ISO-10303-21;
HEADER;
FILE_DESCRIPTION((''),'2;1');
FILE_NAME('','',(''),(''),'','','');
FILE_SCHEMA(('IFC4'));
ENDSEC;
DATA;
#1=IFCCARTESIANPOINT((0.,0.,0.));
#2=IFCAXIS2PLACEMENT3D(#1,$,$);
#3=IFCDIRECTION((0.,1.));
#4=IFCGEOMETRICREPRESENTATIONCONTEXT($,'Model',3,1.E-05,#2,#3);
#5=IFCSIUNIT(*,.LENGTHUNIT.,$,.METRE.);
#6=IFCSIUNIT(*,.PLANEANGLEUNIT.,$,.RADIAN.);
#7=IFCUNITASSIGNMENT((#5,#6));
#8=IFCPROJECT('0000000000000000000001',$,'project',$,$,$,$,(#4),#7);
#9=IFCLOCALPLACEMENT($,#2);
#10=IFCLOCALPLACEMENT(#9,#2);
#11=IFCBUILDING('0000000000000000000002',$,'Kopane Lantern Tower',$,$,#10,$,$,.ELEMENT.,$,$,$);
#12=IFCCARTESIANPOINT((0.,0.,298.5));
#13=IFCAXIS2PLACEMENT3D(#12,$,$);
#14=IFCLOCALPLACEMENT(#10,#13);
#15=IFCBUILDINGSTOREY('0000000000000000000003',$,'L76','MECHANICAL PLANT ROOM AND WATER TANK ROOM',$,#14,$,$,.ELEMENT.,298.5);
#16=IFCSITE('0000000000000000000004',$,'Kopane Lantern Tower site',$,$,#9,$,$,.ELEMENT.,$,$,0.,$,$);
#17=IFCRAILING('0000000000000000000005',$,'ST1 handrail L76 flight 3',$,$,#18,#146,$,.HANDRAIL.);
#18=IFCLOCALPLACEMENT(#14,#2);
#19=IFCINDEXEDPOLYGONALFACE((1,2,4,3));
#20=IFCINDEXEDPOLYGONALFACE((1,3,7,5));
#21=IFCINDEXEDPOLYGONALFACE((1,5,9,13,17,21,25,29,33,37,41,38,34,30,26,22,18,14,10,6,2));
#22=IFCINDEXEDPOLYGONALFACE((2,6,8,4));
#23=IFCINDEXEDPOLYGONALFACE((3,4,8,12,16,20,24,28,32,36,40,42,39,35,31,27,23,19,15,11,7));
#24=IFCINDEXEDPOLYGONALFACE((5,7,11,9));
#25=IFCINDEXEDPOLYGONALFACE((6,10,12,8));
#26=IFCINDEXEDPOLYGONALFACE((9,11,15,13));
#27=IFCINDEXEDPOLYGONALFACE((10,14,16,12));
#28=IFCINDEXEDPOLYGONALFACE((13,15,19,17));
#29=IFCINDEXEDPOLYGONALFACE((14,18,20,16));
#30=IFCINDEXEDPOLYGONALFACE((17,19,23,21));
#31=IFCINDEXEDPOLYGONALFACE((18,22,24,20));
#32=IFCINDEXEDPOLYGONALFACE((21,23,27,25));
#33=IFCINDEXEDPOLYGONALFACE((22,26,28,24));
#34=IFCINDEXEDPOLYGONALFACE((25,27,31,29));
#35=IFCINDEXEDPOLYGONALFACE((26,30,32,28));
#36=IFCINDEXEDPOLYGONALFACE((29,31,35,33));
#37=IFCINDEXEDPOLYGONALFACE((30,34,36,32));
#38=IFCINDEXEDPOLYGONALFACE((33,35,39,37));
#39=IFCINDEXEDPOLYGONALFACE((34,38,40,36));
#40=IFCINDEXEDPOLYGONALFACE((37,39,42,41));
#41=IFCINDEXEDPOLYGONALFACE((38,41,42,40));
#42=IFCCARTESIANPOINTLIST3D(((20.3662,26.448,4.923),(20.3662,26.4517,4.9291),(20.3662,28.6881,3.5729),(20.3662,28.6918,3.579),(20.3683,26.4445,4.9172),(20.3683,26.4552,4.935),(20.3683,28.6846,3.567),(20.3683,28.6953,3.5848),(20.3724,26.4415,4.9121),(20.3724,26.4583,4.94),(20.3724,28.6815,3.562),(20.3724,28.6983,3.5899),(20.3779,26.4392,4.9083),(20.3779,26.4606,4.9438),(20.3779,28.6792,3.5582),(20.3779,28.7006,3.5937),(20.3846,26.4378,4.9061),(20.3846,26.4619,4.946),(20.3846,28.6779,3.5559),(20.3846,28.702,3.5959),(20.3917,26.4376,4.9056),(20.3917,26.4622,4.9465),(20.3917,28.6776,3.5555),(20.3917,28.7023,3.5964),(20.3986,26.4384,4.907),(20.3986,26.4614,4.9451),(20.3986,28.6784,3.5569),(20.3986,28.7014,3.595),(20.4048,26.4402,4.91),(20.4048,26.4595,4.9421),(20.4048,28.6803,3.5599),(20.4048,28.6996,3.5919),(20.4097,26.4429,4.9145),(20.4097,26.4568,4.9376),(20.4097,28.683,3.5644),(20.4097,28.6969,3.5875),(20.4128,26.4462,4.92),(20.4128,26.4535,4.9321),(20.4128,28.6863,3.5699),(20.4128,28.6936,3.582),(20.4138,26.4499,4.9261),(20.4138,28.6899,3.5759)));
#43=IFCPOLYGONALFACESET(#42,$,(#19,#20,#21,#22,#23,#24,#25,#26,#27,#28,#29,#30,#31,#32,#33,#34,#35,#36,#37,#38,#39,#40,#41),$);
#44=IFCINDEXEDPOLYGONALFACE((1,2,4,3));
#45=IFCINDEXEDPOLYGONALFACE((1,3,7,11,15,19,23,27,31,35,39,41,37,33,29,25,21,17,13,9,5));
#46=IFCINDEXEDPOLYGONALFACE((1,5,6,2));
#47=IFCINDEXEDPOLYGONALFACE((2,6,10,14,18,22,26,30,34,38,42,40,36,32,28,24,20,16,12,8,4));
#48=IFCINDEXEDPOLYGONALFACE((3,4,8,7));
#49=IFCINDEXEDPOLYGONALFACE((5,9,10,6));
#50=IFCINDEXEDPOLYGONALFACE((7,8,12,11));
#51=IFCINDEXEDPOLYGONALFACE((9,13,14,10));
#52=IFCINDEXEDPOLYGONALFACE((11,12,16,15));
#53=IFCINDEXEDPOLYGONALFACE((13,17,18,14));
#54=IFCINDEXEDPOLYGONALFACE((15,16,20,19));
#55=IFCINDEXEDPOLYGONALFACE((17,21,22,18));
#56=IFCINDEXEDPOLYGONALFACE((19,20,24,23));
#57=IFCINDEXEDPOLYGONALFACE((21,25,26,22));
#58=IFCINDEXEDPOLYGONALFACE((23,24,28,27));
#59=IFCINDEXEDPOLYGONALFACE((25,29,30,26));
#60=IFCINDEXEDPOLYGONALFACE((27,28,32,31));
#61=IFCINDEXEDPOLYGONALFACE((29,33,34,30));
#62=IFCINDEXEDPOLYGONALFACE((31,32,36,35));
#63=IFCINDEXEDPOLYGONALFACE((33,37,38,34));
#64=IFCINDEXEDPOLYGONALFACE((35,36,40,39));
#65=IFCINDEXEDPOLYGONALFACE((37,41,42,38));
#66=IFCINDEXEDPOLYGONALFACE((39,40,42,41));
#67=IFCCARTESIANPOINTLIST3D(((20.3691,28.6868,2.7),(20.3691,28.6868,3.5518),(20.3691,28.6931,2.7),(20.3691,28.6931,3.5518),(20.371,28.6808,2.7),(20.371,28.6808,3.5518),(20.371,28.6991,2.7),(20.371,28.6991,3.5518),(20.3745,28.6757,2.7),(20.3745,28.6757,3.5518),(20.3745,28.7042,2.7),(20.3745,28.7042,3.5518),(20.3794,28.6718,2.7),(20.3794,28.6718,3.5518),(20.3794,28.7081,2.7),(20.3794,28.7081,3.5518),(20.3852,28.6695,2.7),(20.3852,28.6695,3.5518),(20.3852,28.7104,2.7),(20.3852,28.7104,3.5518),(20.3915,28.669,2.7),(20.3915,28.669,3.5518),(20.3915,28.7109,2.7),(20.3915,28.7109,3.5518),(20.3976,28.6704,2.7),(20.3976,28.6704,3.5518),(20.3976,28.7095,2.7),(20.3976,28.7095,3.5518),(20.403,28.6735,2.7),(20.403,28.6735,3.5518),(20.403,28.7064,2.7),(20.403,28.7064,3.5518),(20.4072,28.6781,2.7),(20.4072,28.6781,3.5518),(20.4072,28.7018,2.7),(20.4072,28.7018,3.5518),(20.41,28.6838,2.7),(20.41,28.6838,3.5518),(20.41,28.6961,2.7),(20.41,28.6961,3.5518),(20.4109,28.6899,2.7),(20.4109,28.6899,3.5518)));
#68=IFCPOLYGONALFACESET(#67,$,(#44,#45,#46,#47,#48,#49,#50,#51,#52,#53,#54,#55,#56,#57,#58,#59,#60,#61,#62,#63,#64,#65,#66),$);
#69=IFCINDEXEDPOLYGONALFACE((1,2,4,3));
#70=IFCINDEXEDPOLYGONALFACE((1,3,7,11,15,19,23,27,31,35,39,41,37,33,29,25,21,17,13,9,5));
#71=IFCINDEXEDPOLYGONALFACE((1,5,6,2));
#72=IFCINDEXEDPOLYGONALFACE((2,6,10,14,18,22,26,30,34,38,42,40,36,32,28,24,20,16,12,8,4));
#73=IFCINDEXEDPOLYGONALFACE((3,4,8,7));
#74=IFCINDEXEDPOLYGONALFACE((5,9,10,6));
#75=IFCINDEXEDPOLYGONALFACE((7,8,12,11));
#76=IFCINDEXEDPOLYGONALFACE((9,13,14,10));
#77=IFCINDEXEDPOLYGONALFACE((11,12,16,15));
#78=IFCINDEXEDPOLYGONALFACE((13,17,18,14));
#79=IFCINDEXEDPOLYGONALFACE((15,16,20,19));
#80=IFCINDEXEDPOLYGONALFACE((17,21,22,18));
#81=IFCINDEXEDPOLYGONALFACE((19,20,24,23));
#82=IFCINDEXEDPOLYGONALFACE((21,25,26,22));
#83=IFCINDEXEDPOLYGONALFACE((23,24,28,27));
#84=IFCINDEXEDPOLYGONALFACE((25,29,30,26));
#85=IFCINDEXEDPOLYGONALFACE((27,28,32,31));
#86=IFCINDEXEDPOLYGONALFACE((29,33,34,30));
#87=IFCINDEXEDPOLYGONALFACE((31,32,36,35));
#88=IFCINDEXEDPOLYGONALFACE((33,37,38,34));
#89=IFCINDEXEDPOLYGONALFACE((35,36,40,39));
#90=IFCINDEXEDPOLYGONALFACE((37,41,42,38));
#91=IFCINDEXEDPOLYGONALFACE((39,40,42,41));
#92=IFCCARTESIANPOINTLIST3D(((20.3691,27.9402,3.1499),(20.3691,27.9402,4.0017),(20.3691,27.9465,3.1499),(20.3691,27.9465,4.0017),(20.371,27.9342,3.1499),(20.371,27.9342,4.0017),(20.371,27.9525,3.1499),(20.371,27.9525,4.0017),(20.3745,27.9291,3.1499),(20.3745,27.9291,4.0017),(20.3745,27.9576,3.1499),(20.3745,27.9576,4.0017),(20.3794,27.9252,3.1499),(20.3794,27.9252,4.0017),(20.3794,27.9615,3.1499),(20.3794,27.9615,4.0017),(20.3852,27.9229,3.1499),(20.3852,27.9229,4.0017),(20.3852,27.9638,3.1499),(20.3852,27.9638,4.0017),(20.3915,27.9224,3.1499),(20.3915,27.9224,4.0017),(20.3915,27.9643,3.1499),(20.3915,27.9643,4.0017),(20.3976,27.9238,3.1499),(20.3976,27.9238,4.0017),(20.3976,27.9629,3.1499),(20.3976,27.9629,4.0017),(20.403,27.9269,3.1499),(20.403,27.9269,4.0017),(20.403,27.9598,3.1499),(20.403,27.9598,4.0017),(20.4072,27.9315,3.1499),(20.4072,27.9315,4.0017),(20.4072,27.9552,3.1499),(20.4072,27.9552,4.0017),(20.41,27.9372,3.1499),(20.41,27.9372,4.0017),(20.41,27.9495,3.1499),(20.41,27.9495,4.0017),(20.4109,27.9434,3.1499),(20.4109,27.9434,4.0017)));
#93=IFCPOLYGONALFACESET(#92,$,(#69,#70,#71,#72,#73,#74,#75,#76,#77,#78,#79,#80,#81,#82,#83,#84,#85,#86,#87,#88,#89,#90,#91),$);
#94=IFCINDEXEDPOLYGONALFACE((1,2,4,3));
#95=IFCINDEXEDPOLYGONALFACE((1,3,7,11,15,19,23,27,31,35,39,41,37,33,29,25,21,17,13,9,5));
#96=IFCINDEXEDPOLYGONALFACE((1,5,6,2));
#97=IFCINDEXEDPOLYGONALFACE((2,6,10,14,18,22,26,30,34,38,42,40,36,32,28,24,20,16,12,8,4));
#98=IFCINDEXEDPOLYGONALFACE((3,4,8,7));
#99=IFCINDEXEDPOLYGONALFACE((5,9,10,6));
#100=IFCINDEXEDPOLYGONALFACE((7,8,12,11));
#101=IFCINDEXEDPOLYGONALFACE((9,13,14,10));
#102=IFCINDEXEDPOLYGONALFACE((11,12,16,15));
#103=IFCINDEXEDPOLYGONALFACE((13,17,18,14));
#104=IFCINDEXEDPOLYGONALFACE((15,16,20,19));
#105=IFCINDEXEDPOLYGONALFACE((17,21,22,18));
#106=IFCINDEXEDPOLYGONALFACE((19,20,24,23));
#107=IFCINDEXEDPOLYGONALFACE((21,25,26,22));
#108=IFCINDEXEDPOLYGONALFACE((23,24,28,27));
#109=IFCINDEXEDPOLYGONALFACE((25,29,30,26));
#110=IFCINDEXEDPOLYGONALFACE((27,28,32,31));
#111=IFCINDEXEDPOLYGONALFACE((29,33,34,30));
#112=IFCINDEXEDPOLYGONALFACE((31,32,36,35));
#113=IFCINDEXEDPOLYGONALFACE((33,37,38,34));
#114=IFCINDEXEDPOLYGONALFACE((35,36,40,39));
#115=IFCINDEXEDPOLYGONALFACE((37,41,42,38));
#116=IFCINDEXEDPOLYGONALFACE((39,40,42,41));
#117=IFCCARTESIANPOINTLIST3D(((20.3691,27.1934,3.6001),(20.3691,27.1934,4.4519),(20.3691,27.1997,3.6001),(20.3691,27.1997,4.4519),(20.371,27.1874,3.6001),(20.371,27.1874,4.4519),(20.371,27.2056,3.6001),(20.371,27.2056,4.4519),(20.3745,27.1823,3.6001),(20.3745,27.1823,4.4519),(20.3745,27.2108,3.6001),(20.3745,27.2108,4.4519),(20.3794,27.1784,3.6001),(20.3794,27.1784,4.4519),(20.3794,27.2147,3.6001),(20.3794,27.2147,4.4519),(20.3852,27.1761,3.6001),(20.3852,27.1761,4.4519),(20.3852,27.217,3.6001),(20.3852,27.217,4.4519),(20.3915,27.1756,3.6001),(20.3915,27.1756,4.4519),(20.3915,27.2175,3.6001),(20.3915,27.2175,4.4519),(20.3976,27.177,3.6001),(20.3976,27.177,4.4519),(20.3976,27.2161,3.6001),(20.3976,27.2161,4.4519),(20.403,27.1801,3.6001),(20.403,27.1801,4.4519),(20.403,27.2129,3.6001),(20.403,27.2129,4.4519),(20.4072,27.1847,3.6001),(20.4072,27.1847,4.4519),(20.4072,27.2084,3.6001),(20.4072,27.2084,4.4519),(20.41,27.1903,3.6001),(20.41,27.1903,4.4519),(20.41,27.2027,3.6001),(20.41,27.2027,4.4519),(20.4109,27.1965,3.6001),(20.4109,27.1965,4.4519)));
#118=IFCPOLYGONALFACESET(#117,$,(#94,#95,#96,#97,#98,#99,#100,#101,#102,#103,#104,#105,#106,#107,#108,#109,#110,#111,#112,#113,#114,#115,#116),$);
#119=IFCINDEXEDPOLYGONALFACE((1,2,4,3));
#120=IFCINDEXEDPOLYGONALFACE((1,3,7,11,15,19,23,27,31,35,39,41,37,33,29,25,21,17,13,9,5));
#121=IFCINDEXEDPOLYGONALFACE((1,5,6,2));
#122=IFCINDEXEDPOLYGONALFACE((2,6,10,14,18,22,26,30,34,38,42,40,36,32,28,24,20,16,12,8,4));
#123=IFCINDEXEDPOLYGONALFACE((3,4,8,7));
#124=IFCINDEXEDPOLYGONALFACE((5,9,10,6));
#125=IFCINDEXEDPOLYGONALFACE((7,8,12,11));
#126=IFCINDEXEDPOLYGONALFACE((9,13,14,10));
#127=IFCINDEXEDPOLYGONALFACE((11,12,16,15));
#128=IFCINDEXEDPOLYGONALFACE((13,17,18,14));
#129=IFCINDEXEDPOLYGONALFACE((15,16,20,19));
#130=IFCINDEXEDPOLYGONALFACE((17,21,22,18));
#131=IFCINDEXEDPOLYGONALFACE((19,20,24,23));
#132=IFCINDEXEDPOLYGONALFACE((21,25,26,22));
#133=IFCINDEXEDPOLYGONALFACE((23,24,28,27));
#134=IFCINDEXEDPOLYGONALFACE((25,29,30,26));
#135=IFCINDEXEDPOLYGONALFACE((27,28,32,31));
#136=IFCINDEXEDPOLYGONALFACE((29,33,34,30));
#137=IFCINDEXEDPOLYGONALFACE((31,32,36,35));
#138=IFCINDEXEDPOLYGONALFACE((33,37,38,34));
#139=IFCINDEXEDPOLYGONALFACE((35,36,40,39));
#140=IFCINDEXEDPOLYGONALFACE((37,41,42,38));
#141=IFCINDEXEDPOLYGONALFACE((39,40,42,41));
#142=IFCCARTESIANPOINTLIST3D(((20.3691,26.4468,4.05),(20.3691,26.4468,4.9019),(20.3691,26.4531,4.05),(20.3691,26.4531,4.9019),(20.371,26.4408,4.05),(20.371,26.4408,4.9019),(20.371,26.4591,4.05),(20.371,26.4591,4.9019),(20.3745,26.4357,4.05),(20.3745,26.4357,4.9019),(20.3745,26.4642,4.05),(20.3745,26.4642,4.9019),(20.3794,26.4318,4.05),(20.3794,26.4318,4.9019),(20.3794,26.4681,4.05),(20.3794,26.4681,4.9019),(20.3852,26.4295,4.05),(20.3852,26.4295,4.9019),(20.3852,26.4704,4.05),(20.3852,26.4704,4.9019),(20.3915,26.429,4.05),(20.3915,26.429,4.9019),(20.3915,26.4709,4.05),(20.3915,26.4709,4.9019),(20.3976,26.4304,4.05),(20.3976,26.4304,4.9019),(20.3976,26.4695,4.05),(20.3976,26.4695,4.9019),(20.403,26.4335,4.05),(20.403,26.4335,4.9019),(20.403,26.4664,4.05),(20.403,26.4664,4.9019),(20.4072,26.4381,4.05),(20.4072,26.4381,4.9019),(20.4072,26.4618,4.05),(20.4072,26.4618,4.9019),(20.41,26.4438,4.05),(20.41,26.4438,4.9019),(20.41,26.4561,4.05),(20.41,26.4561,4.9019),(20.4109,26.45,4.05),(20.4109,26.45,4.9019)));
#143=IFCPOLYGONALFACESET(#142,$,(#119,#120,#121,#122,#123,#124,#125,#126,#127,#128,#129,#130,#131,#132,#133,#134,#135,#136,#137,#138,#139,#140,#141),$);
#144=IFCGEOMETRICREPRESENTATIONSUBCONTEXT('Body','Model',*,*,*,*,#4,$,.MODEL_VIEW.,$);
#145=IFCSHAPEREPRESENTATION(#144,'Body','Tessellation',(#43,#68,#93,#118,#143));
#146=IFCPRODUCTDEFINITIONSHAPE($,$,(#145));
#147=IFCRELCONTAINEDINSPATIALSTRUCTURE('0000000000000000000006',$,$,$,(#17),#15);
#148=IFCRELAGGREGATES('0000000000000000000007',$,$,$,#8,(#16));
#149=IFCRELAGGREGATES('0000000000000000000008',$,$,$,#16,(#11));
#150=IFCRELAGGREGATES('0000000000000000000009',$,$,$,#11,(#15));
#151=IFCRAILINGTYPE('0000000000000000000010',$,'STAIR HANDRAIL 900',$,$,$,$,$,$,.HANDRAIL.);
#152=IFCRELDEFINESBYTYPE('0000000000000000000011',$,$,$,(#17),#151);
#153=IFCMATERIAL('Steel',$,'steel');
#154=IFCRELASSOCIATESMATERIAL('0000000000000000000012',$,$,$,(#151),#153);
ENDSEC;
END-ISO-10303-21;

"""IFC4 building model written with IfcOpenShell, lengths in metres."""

from ifc_helpers import new_model, si_unit, direction, frame, origin, origin_2d, place, context, subcontext, project, spatial, circle, extrude, material, type_object, element, save


model = new_model("IFC4")

# Units and contexts
model_context = context("Model", 3, precision=1e-05, world=origin(), true_north=direction((0.0, 1.0)))
body_context = subcontext(model_context, "Body", "Model", "MODEL_VIEW")
ifc_project = project(units=[si_unit("LENGTHUNIT", "METRE"), si_unit("PLANEANGLEUNIT", "RADIAN")], contexts=[model_context])

# Site, building, storey
site_placement = place(None, origin())
site = spatial("IfcSite", under=ifc_project, at=site_placement, Name="Kopane Lantern Tower site", CompositionType="ELEMENT", RefElevation=0.0)
building_placement = place(site_placement, origin())
building = spatial("IfcBuilding", under=site, at=building_placement, Name="Kopane Lantern Tower", CompositionType="ELEMENT")
storey_placement = place(building_placement, frame((0.0, 0.0, 298.5)))
storey = spatial("IfcBuildingStorey", under=building, at=storey_placement, Name="L76", Description="MECHANICAL PLANT ROOM AND WATER TANK ROOM", CompositionType="ELEMENT", Elevation=298.5)

# Railing
ifc_material_1 = material(Name="Steel", Category="steel")
railing_type_1 = type_object("IfcRailingType", Name="STAIR HANDRAIL 900", PredefinedType="HANDRAIL", material=ifc_material_1)
for number, where, name in (
    (1, (20.3899, 28.6899, 2.7), "ST1 handrail L76 flight 3"),
):
    element("IfcRailing", number, at=place(storey_placement, frame(where)), inside=storey, type_object=railing_type_1, Name=name, PredefinedType="HANDRAIL", context=body_context, shape_type="SweptSolid", body=[
        extrude(circle(Radius=0.0239, at=origin_2d()), frame((0.0, 0.0, 0.876), z_axis=(0.0, -0.856462, 0.516211), x_axis=(1.0, 0.0, 0.0)), (0.0, 0.0, 1.0), 2.6155),
        extrude(circle(Radius=0.021, at=origin_2d()), origin(), (0.0, 0.0, 1.0), 0.8518),
        extrude(circle(Radius=0.021, at=origin_2d()), frame((0.0, -0.7466, 0.45)), (0.0, 0.0, 1.0), 0.8518),
        extrude(circle(Radius=0.021, at=origin_2d()), frame((0.0, -1.4934, 0.9001)), (0.0, 0.0, 1.0), 0.8518),
        extrude(circle(Radius=0.021, at=origin_2d()), frame((0.0, -2.24, 1.3501)), (0.0, 0.0, 1.0), 0.8518),
    ])

save(model, "model.ifc")
